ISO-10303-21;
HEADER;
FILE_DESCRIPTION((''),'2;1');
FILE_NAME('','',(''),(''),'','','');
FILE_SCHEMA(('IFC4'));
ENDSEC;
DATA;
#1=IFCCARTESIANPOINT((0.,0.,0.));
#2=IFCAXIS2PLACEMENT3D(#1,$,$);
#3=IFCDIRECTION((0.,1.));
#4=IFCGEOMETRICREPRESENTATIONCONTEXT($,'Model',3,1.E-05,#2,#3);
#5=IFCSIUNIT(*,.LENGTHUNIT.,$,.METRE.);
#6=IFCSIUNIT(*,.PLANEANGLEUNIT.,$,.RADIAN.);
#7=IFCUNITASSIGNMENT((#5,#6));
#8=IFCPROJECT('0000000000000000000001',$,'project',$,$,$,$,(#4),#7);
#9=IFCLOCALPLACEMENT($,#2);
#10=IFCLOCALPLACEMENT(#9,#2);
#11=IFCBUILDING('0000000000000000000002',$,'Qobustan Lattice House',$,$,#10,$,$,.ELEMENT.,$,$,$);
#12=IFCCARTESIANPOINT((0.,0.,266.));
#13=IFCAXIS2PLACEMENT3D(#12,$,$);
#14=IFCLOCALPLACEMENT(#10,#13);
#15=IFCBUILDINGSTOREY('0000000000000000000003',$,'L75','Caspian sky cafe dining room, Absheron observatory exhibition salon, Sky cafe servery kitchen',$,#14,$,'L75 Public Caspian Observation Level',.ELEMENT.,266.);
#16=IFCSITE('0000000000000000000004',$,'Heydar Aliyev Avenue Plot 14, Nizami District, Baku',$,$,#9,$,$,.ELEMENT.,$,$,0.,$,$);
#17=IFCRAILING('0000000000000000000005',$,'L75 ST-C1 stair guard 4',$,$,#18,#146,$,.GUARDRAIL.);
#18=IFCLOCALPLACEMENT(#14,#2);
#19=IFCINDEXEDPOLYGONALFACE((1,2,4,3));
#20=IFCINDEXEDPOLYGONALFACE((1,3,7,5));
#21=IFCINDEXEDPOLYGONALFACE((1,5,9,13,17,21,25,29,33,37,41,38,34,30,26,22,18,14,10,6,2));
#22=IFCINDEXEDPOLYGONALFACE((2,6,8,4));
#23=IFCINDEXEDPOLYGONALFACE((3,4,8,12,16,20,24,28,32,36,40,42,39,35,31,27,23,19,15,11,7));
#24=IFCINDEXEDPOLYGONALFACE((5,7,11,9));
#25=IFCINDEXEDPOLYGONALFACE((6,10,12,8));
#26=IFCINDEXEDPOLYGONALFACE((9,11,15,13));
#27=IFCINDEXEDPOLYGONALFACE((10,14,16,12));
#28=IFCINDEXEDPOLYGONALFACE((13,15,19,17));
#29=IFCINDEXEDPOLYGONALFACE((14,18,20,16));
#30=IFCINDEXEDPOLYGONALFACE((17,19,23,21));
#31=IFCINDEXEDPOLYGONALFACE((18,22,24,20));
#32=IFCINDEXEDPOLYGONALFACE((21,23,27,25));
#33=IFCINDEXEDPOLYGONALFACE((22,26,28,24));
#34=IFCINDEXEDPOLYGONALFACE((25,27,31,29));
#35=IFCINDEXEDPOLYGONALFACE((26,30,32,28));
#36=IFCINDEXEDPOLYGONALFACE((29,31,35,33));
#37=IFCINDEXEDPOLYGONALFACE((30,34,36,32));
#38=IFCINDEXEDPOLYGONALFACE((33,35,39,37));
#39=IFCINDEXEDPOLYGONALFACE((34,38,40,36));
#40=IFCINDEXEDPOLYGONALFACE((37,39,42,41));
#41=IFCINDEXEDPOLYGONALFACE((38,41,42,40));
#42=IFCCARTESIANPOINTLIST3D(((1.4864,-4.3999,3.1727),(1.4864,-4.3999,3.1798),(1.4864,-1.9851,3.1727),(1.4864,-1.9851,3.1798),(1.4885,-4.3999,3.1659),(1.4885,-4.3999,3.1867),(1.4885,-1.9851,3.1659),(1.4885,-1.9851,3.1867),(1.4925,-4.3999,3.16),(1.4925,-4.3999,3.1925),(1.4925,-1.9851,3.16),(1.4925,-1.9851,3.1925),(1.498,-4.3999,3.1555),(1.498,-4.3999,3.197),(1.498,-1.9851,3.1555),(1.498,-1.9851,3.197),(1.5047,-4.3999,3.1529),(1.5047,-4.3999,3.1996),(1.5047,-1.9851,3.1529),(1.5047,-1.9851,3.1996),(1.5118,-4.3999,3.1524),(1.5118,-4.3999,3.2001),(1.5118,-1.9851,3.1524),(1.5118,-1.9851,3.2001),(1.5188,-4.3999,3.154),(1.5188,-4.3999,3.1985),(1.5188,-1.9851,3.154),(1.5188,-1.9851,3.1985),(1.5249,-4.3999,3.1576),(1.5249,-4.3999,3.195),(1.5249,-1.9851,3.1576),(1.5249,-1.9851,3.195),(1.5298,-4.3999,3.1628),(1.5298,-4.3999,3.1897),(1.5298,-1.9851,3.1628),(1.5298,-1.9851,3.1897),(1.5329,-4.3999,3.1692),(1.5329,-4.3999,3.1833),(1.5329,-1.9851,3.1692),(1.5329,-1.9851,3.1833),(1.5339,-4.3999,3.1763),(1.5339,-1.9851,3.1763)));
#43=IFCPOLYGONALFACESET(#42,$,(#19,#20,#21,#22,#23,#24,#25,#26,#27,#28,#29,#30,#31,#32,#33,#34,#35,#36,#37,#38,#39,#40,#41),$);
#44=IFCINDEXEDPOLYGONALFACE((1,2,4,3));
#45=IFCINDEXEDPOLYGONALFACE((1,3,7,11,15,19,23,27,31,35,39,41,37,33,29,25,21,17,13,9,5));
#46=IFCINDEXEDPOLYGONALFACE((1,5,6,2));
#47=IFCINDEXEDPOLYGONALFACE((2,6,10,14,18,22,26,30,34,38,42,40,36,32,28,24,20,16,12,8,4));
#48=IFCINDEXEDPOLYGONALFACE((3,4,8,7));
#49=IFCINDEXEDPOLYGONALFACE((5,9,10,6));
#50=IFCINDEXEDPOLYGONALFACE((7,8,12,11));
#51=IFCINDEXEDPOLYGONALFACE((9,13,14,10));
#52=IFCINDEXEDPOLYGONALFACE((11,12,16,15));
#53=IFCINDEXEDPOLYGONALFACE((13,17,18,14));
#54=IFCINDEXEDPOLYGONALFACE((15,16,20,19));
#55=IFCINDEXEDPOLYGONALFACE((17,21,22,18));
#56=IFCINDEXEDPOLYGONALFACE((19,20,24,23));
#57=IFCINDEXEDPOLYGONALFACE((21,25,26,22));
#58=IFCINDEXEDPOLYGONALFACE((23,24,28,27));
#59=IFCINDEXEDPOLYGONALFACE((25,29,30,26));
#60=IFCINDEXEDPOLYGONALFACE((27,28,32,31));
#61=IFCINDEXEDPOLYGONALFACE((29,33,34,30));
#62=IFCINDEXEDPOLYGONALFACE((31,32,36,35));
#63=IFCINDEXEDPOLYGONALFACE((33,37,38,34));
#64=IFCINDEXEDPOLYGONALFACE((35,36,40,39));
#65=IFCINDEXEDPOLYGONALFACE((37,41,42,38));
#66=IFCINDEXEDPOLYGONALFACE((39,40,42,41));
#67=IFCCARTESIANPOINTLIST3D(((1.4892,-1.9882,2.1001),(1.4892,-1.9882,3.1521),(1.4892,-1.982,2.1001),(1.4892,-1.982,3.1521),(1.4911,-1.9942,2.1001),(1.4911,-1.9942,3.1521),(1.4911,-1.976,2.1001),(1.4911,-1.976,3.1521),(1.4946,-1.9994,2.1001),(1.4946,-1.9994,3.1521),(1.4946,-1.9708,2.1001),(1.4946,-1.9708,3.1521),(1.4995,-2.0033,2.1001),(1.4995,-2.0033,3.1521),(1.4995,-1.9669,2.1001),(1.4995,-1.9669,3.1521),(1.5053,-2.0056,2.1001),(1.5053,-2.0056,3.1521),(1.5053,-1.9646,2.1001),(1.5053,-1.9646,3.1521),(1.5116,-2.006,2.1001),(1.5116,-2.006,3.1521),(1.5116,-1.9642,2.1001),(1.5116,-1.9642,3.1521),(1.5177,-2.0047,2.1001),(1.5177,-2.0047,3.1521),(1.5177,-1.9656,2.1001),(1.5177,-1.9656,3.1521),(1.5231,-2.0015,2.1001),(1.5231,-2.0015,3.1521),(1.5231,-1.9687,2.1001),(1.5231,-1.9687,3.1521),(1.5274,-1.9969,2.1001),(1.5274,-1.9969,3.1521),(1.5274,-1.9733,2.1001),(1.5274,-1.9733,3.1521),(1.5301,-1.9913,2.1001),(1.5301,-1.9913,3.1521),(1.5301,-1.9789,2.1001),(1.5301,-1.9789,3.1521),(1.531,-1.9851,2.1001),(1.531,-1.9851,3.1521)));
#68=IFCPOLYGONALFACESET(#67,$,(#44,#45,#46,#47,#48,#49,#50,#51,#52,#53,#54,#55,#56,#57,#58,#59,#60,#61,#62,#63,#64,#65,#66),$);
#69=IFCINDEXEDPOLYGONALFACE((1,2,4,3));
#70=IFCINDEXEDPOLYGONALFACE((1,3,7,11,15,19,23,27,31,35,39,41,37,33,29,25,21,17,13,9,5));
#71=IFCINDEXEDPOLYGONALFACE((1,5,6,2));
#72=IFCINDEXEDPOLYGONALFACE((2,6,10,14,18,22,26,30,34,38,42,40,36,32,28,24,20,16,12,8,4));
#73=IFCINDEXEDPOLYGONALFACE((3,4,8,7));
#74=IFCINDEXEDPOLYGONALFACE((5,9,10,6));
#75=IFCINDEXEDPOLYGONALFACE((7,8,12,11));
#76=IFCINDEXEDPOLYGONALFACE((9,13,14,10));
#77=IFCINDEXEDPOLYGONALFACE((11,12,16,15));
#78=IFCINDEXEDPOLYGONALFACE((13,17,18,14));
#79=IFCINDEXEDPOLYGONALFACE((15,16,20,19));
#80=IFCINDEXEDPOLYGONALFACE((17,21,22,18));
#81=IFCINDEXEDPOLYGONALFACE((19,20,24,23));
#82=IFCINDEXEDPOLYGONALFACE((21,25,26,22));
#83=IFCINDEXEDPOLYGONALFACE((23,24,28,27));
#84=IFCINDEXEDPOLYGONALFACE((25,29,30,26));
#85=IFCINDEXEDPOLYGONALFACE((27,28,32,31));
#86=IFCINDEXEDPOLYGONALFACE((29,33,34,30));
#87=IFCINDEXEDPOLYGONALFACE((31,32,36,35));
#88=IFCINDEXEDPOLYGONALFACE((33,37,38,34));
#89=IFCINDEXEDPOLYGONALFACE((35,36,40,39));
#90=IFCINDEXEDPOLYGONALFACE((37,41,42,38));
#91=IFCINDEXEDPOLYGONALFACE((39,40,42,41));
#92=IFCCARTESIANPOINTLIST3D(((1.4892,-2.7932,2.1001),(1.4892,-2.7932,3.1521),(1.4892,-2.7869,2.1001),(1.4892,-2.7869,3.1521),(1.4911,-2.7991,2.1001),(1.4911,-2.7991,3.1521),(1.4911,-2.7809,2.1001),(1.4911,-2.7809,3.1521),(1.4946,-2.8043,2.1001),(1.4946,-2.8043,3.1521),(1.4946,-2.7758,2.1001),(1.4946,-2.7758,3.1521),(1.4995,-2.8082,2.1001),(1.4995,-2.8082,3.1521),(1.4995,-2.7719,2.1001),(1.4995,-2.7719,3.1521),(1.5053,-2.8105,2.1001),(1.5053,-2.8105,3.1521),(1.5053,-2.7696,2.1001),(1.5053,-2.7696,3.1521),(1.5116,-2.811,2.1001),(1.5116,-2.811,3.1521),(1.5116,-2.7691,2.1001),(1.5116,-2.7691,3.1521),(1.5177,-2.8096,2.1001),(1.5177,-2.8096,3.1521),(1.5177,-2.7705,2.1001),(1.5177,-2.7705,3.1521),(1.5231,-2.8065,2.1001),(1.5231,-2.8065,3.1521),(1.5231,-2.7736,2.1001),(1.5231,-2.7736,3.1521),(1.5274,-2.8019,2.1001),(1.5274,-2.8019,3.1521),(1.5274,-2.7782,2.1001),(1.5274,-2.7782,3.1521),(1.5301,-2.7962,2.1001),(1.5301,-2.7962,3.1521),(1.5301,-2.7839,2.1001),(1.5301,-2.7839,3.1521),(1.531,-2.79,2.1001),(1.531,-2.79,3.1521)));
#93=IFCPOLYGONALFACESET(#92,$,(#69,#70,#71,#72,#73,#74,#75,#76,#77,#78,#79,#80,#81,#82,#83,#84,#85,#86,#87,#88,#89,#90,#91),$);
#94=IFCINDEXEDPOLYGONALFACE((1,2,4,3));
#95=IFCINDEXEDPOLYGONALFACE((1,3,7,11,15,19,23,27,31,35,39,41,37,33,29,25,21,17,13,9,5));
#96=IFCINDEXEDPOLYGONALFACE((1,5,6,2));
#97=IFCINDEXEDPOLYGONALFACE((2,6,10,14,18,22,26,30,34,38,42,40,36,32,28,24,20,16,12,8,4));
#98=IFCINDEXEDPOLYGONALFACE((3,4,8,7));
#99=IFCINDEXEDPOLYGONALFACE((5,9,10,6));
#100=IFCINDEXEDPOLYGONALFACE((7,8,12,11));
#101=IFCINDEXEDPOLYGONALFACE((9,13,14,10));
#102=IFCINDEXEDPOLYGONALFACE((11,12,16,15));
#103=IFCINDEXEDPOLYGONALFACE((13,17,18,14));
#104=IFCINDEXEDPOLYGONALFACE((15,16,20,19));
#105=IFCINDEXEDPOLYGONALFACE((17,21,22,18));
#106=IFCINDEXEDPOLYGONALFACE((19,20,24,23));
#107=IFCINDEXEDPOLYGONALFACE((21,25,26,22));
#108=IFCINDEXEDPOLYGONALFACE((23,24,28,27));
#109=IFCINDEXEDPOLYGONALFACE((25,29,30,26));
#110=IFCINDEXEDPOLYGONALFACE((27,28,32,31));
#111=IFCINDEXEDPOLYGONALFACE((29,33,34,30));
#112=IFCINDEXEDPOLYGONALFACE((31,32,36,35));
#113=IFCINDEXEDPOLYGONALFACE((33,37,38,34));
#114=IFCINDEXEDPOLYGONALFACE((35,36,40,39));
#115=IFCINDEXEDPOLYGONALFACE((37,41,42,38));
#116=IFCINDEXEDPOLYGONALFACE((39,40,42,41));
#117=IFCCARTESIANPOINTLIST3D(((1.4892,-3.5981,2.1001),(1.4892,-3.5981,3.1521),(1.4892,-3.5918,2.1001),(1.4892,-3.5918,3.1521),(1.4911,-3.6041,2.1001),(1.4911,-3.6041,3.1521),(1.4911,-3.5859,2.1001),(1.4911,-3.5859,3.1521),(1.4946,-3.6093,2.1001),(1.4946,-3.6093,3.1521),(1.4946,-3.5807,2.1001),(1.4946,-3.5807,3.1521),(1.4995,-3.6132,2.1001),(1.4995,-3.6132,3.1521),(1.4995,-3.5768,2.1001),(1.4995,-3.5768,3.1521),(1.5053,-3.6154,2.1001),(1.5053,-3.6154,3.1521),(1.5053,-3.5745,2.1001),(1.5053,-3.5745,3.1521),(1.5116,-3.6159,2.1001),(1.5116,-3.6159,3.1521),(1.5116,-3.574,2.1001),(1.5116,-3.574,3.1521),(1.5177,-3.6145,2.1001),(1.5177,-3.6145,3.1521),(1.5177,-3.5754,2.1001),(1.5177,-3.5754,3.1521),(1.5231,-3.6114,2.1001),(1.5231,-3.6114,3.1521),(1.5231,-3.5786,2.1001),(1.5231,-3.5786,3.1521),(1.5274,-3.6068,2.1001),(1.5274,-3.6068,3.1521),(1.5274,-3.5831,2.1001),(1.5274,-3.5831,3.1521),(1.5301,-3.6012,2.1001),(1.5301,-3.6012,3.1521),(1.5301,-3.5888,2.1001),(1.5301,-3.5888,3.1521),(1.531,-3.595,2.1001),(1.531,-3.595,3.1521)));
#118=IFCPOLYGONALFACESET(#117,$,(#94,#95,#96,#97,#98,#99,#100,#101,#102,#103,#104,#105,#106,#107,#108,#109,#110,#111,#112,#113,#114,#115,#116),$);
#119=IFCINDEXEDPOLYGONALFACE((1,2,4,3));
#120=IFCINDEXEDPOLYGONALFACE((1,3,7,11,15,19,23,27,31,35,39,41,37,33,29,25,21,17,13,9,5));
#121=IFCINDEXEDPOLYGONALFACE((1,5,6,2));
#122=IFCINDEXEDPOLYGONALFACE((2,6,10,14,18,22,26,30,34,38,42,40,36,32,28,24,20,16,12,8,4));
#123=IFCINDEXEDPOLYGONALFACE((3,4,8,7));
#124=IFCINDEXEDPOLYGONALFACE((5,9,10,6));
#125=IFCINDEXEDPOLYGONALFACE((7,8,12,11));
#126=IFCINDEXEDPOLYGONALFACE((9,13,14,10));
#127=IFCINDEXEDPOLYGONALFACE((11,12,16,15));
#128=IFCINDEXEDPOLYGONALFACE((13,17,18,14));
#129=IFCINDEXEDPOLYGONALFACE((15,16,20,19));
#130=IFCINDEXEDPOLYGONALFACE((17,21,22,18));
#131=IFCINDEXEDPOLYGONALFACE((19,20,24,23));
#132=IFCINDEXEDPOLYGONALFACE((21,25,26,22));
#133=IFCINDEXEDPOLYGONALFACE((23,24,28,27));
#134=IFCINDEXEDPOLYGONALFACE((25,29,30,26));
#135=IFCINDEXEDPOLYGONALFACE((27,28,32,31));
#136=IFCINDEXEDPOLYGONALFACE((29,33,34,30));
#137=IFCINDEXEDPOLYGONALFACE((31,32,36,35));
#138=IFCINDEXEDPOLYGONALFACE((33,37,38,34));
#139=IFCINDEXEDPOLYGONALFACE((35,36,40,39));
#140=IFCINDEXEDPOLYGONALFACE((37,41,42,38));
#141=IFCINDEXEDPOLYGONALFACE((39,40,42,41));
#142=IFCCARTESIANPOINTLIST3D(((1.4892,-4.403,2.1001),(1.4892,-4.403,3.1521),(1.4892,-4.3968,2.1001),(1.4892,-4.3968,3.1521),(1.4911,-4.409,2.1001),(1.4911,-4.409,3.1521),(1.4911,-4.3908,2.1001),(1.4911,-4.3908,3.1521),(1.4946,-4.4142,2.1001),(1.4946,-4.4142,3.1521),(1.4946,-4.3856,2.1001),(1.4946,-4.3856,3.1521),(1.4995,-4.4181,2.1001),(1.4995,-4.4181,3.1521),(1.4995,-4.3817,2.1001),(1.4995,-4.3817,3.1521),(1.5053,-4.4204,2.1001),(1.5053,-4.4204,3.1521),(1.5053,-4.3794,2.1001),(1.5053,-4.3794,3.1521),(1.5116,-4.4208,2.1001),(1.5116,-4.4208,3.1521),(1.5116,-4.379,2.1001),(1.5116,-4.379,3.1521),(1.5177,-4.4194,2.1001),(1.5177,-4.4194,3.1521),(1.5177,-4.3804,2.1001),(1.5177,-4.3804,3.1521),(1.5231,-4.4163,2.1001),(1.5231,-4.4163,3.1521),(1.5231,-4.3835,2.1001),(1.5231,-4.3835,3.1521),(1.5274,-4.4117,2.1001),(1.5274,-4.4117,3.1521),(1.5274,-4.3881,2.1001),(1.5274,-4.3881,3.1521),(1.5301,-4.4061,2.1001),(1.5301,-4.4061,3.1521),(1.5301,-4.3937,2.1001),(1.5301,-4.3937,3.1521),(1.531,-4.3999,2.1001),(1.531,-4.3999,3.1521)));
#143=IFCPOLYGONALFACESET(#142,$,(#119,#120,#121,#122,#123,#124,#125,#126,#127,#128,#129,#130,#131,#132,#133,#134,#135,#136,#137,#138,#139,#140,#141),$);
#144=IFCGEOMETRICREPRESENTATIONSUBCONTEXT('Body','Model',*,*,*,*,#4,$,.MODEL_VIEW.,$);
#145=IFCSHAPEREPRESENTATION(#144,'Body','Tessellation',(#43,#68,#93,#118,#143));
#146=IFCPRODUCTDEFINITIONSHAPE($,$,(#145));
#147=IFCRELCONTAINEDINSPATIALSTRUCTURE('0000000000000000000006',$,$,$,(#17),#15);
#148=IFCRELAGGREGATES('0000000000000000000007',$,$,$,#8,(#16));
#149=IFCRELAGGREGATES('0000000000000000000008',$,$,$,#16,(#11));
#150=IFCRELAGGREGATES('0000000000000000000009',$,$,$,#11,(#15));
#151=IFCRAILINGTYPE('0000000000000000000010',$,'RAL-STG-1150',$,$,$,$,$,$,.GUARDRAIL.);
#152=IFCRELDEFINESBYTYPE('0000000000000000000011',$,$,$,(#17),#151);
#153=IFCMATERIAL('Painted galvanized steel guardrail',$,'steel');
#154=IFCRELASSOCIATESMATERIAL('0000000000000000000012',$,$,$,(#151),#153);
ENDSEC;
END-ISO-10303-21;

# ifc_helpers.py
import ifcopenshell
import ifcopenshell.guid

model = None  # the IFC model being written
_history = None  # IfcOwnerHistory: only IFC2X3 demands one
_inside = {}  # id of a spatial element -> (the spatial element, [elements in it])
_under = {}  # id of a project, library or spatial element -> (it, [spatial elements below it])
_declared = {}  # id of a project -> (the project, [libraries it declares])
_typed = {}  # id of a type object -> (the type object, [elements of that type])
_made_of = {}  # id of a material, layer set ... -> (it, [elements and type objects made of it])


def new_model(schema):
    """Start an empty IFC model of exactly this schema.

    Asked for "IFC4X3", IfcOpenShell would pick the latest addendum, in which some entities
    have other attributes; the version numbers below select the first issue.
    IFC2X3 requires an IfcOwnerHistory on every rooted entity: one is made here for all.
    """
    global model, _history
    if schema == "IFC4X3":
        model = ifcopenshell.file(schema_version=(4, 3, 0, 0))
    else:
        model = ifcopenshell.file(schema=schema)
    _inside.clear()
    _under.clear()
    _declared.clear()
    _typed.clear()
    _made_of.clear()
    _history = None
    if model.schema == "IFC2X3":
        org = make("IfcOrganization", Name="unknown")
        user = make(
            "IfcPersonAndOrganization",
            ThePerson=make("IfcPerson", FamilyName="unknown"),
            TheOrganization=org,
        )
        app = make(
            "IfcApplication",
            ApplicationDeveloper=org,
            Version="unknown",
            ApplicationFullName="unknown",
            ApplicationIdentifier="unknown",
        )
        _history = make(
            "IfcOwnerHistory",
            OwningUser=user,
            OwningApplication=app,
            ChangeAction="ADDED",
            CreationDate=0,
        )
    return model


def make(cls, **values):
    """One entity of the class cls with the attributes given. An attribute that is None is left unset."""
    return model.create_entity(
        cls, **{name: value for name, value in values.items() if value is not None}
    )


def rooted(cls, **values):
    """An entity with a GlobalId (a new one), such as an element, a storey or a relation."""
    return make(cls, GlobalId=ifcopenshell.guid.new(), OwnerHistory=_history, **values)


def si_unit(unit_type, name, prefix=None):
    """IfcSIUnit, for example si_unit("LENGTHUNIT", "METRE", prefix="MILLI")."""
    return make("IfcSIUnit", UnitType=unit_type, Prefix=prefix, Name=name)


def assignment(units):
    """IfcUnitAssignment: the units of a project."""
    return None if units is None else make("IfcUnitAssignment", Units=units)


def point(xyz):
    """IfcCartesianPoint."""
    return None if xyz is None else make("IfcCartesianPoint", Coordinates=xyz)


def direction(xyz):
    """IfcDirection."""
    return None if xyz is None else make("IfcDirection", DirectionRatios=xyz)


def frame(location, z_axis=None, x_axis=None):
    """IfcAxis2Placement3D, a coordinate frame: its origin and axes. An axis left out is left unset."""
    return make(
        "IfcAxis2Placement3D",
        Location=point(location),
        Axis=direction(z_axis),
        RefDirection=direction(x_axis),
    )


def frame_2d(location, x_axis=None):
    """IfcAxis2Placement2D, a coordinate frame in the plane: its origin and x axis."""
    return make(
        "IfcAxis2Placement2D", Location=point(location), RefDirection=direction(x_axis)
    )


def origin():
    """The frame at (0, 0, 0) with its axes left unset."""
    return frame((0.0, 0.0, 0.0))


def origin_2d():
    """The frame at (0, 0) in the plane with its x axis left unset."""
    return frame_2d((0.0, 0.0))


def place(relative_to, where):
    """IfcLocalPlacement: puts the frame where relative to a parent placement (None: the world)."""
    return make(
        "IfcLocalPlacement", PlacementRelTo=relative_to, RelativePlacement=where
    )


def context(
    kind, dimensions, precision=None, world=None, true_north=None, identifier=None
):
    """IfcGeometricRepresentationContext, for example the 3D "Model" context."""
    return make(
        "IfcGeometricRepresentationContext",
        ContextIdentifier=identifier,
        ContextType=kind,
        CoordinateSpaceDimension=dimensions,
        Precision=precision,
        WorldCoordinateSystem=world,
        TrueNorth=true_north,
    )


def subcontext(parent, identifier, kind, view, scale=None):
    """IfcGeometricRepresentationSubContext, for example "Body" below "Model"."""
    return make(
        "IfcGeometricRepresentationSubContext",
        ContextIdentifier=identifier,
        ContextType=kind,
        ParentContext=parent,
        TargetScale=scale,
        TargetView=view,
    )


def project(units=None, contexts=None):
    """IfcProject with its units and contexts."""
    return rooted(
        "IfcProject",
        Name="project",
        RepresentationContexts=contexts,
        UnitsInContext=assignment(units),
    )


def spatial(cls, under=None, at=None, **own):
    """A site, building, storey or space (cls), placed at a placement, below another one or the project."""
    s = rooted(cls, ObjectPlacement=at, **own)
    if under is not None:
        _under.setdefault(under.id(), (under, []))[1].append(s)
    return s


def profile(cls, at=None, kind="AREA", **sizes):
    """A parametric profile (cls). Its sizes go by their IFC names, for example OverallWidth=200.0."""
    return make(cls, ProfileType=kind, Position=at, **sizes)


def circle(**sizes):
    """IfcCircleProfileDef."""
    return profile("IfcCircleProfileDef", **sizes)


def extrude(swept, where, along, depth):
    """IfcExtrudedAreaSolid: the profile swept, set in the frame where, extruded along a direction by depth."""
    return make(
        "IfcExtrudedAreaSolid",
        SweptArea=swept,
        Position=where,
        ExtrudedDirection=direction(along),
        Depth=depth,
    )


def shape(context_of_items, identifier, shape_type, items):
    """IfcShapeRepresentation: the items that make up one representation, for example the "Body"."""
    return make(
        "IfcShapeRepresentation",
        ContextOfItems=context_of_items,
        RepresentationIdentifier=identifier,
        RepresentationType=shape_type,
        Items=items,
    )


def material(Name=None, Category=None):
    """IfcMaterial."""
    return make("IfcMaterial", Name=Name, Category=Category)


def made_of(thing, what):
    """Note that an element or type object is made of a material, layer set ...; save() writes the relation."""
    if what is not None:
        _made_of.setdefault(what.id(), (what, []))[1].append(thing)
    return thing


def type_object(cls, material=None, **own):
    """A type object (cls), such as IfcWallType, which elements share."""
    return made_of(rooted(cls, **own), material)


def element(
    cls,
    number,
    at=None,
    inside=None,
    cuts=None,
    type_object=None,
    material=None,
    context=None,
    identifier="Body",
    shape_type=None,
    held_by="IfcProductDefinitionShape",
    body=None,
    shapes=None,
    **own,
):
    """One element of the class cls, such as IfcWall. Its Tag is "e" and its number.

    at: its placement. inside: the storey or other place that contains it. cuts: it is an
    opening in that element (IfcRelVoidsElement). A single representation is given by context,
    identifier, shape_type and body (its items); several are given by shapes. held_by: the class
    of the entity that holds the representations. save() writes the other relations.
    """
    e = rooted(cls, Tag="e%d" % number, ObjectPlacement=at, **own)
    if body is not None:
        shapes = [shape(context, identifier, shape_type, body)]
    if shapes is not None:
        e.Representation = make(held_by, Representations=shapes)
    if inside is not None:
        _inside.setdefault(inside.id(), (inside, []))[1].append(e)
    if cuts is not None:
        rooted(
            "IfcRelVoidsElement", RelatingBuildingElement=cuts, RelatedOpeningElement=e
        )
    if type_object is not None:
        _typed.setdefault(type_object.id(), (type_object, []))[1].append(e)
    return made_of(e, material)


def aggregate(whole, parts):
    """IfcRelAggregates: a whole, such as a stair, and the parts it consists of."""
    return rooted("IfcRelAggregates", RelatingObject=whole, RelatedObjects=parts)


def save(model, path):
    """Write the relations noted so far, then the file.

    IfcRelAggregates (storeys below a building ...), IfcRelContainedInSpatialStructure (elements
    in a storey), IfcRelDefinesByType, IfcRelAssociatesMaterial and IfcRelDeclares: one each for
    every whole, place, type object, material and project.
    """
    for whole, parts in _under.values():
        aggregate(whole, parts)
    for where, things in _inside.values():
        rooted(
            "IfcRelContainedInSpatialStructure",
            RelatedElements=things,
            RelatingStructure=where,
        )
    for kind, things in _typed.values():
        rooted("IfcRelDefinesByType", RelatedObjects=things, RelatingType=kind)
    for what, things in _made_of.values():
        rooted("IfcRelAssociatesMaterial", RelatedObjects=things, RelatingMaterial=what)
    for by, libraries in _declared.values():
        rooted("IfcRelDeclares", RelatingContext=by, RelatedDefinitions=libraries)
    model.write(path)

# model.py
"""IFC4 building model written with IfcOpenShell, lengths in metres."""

from ifc_helpers import new_model, si_unit, direction, frame, origin, origin_2d, place, context, subcontext, project, spatial, circle, extrude, material, type_object, element, save


model = new_model("IFC4")

# Units and contexts
model_context = context("Model", 3, precision=1e-05, world=origin(), true_north=direction((0.0, 1.0)))
body_context = subcontext(model_context, "Body", "Model", "MODEL_VIEW")
ifc_project = project(units=[si_unit("LENGTHUNIT", "METRE"), si_unit("PLANEANGLEUNIT", "RADIAN")], contexts=[model_context])

# Site, building, storey
site_placement = place(None, origin())
site = spatial("IfcSite", under=ifc_project, at=site_placement, Name="Heydar Aliyev Avenue Plot 14, Nizami District, Baku", CompositionType="ELEMENT", RefElevation=0.0)
building_placement = place(site_placement, origin())
building = spatial("IfcBuilding", under=site, at=building_placement, Name="Qobustan Lattice House", CompositionType="ELEMENT")
storey_placement = place(building_placement, frame((0.0, 0.0, 266.0)))
storey = spatial("IfcBuildingStorey", under=building, at=storey_placement, Name="L75", Description="Caspian sky cafe dining room, Absheron observatory exhibition salon, Sky cafe servery kitchen", LongName="L75 Public Caspian Observation Level", CompositionType="ELEMENT", Elevation=266.0)

# Railing
ifc_material_1 = material(Name="Painted galvanized steel guardrail", Category="steel")
railing_type_1 = type_object("IfcRailingType", Name="RAL-STG-1150", PredefinedType="GUARDRAIL", material=ifc_material_1)
railing_1_placement = place(storey_placement, frame((1.51, -1.9851, 2.1001)))
element("IfcRailing", 1, at=railing_1_placement, inside=storey, type_object=railing_type_1, Name="L75 ST-C1 stair guard 4", PredefinedType="GUARDRAIL", context=body_context, shape_type="SweptSolid", body=[
    extrude(circle(Radius=0.0239, at=origin_2d()), frame((0.0, 0.0, 1.0762), z_axis=(0.0, -1.0, 0.0), x_axis=(1.0, 0.0, 0.0)), (0.0, 0.0, 1.0), 2.4148),
    extrude(circle(Radius=0.021, at=origin_2d()), origin(), (0.0, 0.0, 1.0), 1.052),
    extrude(circle(Radius=0.021, at=origin_2d()), frame((0.0, -0.8049, 0.0)), (0.0, 0.0, 1.0), 1.052),
    extrude(circle(Radius=0.021, at=origin_2d()), frame((0.0, -1.6099, 0.0)), (0.0, 0.0, 1.0), 1.052),
    extrude(circle(Radius=0.021, at=origin_2d()), frame((0.0, -2.4148, 0.0)), (0.0, 0.0, 1.0), 1.052),
])

save(model, "model.ifc")
